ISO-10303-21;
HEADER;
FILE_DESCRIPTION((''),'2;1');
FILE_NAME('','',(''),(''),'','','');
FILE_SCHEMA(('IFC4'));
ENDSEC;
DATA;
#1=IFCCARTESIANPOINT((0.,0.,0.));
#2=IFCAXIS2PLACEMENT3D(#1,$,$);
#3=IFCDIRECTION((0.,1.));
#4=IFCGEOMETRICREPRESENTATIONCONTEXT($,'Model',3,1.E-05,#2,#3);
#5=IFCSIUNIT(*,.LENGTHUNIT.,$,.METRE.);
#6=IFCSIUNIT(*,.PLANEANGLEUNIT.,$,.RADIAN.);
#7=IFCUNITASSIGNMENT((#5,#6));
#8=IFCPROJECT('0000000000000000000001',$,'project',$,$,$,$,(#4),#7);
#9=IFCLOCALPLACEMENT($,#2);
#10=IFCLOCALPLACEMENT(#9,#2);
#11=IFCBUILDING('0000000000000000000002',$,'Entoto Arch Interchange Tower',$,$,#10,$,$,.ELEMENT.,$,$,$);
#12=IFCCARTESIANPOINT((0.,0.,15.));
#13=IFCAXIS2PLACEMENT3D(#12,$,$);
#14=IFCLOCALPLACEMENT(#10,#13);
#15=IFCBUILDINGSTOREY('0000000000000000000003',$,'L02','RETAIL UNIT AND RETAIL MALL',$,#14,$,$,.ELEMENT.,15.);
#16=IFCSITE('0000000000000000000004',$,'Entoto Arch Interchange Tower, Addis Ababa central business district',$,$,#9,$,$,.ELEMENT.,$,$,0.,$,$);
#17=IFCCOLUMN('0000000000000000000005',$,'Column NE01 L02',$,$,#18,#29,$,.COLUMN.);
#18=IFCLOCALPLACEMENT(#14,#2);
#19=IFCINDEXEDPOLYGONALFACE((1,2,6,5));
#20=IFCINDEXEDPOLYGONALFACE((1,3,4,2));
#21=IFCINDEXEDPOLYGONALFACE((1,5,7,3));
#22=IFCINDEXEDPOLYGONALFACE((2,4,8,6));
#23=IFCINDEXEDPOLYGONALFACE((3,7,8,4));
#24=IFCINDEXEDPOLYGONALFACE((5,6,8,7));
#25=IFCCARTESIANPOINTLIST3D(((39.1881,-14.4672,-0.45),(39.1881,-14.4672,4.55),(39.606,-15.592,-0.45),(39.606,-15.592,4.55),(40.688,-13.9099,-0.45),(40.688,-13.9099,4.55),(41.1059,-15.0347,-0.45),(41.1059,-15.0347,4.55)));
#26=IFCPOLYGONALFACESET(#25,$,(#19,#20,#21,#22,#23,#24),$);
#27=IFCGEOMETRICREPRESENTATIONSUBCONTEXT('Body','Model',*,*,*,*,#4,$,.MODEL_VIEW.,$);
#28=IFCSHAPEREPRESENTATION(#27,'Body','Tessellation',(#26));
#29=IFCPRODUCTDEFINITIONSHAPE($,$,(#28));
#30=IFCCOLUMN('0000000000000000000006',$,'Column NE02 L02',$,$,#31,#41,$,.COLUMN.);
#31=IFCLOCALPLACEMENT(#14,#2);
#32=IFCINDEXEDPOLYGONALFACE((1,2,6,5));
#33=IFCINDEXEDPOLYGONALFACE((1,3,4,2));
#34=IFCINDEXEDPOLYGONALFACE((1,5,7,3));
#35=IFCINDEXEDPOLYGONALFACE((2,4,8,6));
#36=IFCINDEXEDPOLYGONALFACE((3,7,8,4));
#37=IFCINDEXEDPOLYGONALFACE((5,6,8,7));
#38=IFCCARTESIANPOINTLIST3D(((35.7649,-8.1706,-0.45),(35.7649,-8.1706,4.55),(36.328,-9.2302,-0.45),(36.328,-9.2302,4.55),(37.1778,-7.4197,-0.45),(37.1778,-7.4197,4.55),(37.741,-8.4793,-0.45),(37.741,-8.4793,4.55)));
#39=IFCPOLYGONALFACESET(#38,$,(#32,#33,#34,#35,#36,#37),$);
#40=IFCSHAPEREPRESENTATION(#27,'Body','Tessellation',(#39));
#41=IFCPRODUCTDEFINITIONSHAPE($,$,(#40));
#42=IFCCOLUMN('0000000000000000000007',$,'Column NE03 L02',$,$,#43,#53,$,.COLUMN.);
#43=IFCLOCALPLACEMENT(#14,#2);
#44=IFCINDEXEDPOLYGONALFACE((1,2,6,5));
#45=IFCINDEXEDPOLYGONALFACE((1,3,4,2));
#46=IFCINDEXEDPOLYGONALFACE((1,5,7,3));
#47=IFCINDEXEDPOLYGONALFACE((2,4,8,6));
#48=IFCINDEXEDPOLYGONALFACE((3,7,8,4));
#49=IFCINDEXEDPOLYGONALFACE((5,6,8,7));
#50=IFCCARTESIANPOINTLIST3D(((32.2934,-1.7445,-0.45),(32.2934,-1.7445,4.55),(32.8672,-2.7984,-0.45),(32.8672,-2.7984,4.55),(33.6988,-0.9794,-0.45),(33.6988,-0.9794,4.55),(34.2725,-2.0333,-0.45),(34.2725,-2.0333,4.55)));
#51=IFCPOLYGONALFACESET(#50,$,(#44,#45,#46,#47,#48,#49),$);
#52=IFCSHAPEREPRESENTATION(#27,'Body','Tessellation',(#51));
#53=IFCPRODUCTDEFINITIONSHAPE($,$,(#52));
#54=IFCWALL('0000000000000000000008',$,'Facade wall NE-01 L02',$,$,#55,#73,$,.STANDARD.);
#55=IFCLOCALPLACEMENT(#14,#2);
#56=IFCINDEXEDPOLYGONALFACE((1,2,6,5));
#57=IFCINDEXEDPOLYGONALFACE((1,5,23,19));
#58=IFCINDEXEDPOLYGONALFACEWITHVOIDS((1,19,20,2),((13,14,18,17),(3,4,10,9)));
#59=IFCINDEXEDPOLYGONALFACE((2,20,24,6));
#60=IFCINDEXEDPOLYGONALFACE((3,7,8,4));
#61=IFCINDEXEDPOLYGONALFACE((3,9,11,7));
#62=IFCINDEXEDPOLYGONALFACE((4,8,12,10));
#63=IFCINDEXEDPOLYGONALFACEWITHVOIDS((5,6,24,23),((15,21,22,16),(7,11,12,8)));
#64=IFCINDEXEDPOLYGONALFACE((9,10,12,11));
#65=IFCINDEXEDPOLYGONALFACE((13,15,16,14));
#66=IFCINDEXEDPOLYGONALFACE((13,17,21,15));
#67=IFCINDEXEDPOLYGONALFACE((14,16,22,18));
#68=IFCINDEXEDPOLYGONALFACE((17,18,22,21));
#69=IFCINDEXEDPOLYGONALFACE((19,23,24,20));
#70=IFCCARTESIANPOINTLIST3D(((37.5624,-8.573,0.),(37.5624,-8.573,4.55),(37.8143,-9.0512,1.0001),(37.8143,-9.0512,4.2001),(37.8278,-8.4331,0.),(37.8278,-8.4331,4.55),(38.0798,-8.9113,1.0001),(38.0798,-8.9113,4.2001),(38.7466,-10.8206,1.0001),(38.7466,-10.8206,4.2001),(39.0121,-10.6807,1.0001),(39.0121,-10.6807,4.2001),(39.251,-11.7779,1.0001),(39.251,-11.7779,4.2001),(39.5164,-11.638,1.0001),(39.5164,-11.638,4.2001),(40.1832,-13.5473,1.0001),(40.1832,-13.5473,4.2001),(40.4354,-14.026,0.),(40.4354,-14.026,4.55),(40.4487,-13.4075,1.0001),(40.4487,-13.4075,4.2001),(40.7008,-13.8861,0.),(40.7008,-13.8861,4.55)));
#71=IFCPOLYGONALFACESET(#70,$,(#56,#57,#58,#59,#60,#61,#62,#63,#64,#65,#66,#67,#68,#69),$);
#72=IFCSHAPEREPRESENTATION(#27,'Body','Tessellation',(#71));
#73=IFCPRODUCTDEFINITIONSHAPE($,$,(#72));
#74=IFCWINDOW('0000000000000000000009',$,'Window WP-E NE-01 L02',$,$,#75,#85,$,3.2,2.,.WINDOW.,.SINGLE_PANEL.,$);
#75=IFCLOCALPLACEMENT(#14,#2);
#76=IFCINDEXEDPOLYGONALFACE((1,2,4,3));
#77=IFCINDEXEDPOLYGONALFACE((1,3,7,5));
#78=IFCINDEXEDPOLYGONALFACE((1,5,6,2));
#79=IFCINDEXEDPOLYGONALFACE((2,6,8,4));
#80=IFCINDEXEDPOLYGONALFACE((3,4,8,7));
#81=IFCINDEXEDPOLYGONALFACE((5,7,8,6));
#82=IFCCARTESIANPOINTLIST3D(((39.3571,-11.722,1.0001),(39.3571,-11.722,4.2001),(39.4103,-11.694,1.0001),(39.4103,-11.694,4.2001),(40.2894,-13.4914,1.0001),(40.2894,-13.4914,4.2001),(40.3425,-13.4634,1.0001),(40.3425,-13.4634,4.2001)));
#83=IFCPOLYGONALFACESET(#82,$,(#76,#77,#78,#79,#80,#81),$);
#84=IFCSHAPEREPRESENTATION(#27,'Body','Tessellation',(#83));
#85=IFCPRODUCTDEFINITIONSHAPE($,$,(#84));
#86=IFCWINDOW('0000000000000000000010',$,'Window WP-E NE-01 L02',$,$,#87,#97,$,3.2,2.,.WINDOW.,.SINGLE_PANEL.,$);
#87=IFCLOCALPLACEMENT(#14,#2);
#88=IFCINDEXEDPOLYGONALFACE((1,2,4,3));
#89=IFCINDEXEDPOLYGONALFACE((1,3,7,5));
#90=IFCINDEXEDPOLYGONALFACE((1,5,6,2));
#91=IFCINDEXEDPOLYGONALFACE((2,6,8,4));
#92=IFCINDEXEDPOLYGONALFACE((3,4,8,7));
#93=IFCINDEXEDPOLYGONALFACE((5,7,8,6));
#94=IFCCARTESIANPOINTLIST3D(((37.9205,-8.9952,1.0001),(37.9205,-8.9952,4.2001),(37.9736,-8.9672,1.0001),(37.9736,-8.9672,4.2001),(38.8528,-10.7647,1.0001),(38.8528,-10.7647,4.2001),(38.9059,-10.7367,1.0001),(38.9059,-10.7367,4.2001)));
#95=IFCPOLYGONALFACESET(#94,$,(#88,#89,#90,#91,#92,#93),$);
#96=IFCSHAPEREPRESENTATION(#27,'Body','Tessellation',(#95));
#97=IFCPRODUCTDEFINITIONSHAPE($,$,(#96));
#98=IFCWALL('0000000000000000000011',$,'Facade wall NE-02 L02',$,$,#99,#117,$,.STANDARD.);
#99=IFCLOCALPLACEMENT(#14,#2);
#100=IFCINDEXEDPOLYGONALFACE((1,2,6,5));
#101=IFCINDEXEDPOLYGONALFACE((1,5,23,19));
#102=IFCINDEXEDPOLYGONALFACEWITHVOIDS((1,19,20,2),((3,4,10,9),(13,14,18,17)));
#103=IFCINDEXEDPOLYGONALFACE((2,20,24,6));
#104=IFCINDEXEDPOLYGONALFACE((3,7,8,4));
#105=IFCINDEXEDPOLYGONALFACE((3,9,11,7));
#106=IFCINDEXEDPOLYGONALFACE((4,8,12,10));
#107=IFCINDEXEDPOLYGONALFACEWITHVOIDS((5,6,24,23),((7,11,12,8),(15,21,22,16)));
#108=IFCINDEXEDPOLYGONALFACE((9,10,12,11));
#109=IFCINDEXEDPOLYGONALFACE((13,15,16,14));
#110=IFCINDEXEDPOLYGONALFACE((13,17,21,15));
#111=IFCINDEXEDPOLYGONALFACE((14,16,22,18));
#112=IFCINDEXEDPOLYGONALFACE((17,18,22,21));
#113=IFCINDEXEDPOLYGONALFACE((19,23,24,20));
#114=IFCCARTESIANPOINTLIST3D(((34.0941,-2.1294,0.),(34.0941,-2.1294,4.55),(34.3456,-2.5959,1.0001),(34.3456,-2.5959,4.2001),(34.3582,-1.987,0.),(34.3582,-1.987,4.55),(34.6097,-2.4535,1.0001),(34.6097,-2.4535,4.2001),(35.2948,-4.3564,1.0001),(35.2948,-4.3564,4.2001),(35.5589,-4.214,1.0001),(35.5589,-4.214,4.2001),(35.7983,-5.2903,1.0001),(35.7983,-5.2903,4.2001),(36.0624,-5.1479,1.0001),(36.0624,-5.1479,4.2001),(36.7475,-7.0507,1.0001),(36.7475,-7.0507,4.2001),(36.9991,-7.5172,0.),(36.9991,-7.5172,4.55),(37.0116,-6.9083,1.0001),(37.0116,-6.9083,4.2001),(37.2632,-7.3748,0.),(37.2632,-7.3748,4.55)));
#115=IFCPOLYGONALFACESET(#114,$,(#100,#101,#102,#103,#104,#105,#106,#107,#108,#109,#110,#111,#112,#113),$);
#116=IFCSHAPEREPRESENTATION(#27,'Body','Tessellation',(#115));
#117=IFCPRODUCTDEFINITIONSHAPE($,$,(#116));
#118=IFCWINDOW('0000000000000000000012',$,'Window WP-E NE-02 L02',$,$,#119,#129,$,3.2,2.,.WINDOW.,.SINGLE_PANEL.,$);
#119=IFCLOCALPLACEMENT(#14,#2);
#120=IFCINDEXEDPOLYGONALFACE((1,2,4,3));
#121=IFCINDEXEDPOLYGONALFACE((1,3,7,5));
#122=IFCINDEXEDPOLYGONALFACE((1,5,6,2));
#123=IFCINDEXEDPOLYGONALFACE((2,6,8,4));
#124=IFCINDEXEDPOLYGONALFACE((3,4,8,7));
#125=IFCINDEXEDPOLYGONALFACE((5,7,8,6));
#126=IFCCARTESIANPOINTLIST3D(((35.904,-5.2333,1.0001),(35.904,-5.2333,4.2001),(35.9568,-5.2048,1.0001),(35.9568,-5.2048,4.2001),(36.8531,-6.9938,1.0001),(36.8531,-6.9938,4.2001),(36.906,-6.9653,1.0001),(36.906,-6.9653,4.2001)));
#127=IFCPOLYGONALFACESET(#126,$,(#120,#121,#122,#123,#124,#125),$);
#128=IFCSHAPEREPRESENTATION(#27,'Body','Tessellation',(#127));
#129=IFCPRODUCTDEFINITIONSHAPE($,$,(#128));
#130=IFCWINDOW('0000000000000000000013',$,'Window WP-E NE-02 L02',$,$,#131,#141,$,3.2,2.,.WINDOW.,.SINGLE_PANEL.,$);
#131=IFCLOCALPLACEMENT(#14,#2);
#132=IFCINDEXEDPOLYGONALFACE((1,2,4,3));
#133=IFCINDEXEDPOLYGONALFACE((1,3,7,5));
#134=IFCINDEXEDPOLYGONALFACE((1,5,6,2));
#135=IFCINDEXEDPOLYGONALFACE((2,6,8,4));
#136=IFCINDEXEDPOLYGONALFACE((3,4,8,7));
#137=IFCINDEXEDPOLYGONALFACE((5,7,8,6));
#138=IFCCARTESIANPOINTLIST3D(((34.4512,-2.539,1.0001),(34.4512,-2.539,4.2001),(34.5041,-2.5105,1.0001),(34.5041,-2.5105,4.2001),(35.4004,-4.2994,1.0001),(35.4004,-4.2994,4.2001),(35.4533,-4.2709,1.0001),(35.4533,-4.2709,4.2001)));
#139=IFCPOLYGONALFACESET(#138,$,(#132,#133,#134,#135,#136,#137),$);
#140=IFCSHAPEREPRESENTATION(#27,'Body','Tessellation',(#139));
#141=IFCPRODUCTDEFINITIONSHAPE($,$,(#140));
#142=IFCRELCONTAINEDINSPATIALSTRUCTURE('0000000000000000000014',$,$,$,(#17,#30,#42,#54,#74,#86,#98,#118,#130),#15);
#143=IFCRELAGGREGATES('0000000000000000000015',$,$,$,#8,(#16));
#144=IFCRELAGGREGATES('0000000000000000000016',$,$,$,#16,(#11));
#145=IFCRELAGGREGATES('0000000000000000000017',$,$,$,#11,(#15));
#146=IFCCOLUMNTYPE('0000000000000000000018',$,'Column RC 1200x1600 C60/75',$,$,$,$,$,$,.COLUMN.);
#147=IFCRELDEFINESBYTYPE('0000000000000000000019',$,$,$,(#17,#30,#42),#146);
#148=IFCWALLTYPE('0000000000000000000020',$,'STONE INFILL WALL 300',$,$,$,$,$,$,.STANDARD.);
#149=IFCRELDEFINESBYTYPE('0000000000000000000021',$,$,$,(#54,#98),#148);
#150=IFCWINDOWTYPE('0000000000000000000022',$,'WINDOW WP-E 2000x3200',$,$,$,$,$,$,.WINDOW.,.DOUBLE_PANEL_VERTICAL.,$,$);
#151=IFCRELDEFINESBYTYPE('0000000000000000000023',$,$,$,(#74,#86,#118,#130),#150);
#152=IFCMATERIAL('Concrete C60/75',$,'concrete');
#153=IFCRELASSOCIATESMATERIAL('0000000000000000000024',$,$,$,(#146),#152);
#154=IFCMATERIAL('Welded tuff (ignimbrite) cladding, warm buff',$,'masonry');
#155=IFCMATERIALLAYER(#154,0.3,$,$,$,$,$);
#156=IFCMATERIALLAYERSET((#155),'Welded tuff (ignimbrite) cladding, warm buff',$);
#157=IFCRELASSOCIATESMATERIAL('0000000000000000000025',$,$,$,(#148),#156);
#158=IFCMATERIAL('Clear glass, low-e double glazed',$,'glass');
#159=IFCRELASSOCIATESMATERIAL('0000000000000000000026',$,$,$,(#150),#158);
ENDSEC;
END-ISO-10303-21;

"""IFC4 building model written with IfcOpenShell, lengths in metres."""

from ifc_helpers import new_model, si_unit, direction, frame, frame_2d, origin, origin_2d, place, context, subcontext, project, spatial, rectangle, extrude, material, layer, layer_set, material_profile, profile_set, type_object, element, fill, save


model = new_model("IFC4")

# Units and contexts
model_context = context("Model", 3, precision=1e-05, world=origin(), true_north=direction((0.0, 1.0)))
body_context = subcontext(model_context, "Body", "Model", "MODEL_VIEW")
ifc_project = project(units=[si_unit("LENGTHUNIT", "METRE"), si_unit("PLANEANGLEUNIT", "RADIAN")], contexts=[model_context])

# Site, building, storey
site_placement = place(None, origin())
site = spatial("IfcSite", under=ifc_project, at=site_placement, Name="Entoto Arch Interchange Tower, Addis Ababa central business district", CompositionType="ELEMENT", RefElevation=0.0)
building_placement = place(site_placement, origin())
building = spatial("IfcBuilding", under=site, at=building_placement, Name="Entoto Arch Interchange Tower", CompositionType="ELEMENT")
storey_placement = place(building_placement, frame((0.0, 0.0, 15.0)))
storey = spatial("IfcBuildingStorey", under=building, at=storey_placement, Name="L02", Description="RETAIL UNIT AND RETAIL MALL", CompositionType="ELEMENT", Elevation=15.0)

# Columns
ifc_material_1 = material(Name="Concrete C60/75", Category="concrete")
ifc_material_profile = material_profile(ifc_material_1, rectangle(XDim=1.2, YDim=1.6001, at=origin_2d()))
ifc_profile_set = profile_set([ifc_material_profile], Name="Concrete C60/75")
column_type = type_object("IfcColumnType", Name="Column RC 1200x1600 C60/75", PredefinedType="COLUMN", material=ifc_profile_set)
for number, where, z_axis, x_axis, name in (
    (1, (40.147, -14.751, -0.45), (0.0, 0.0, 1.0), (-0.348278, 0.937391, 0.0), "Column NE01 L02"),
    (2, (36.7529, -8.325, -0.45), (0.0, 0.0, 1.0), (-0.469317, 0.88303, 0.0), "Column NE02 L02"),
    (3, (33.283, -1.8889, -0.45), (0.0, 0.0, 1.0), (-0.47814, 0.878284, 0.0), "Column NE03 L02"),
):
    element("IfcColumn", number, at=place(storey_placement, frame(where, z_axis=z_axis, x_axis=x_axis)), inside=storey, type_object=column_type, Name=name, PredefinedType="COLUMN", context=body_context, shape_type="SweptSolid", body=[
        extrude(rectangle(XDim=1.2, YDim=1.6001, at=origin_2d()), origin(), (0.0, 0.0, 1.0), 5.0),
    ])

# Walls, openings, windows
ifc_material_2 = material(Name="Welded tuff (ignimbrite) cladding, warm buff", Category="masonry")
ifc_layer_1 = layer(ifc_material_2, 0.3)
ifc_layer_set_1 = layer_set([ifc_layer_1], Name="Welded tuff (ignimbrite) cladding, warm buff")
wall_type_1 = type_object("IfcWallType", Name="STONE INFILL WALL 300", PredefinedType="STANDARD", material=ifc_layer_set_1)
wall_1_placement = place(storey_placement, frame((40.5681, -13.9561, 0.0), z_axis=(0.0, 0.0, 1.0), x_axis=(-0.466125, 0.884719, 0.0)))
wall_1 = element("IfcWall", 4, at=wall_1_placement, inside=storey, type_object=wall_type_1, Name="Facade wall NE-01 L02", PredefinedType="STANDARD", context=body_context, shape_type="SweptSolid", body=[
    extrude(rectangle(XDim=6.1636, YDim=0.3, at=frame_2d((3.0818, 0.0))), origin(), (0.0, 0.0, 1.0), 4.55),
])
opening_1_placement = place(wall_1_placement, frame((0.541, 0.0, 1.0)))
opening_1 = element("IfcOpeningElement", 5, at=opening_1_placement, cuts=wall_1, PredefinedType="OPENING", context=body_context, shape_type="SweptSolid", body=[
    extrude(rectangle(XDim=2.0, YDim=3.2, at=frame_2d((1.0, 1.6001))), frame((0.0, 0.1602, 0.0), z_axis=(0.0, -1.0, 0.0), x_axis=(1.0, 0.0, 0.0)), (0.0, 0.0, 1.0), 0.3201),
])
opening_2_placement = place(wall_1_placement, frame((3.623, 0.0, 1.0)))
opening_2 = element("IfcOpeningElement", 6, at=opening_2_placement, cuts=wall_1, PredefinedType="OPENING", context=body_context, shape_type="SweptSolid", body=[
    extrude(rectangle(XDim=2.0, YDim=3.2, at=frame_2d((1.0, 1.6001))), frame((0.0, 0.1602, 0.0), z_axis=(0.0, -1.0, 0.0), x_axis=(1.0, 0.0, 0.0)), (0.0, 0.0, 1.0), 0.3201),
])
ifc_material_3 = material(Name="Clear glass, low-e double glazed", Category="glass")
window_type = type_object("IfcWindowType", Name="WINDOW WP-E 2000x3200", PartitioningType="DOUBLE_PANEL_VERTICAL", PredefinedType="WINDOW", material=ifc_material_3)
window_1_placement = place(opening_1_placement, origin())
window_1 = element("IfcWindow", 7, at=window_1_placement, inside=storey, type_object=window_type, Name="Window WP-E NE-01 L02", OverallHeight=3.2, OverallWidth=2.0, PartitioningType="SINGLE_PANEL", PredefinedType="WINDOW", context=body_context, shape_type="SweptSolid", body=[
    extrude(rectangle(XDim=2.0, YDim=3.2, at=frame_2d((1.0, 1.6001))), frame((0.0, 0.03, 0.0), z_axis=(0.0, -1.0, 0.0), x_axis=(1.0, 0.0, 0.0)), (0.0, 0.0, 1.0), 0.0601),
])
fill(opening_1, window_1)
window_2_placement = place(opening_2_placement, origin())
window_2 = element("IfcWindow", 8, at=window_2_placement, inside=storey, type_object=window_type, Name="Window WP-E NE-01 L02", OverallHeight=3.2, OverallWidth=2.0, PartitioningType="SINGLE_PANEL", PredefinedType="WINDOW", context=body_context, shape_type="SweptSolid", body=[
    extrude(rectangle(XDim=2.0, YDim=3.2, at=frame_2d((1.0, 1.6001))), frame((0.0, 0.03, 0.0), z_axis=(0.0, -1.0, 0.0), x_axis=(1.0, 0.0, 0.0)), (0.0, 0.0, 1.0), 0.0601),
])
fill(opening_2, window_2)
wall_2_placement = place(storey_placement, frame((37.1311, -7.446, 0.0), z_axis=(0.0, 0.0, 1.0), x_axis=(-0.474585, 0.88021, 0.0)))
wall_2 = element("IfcWall", 9, at=wall_2_placement, inside=storey, type_object=wall_type_1, Name="Facade wall NE-02 L02", PredefinedType="STANDARD", context=body_context, shape_type="SweptSolid", body=[
    extrude(rectangle(XDim=6.1211, YDim=0.3, at=frame_2d((3.0605, 0.0))), origin(), (0.0, 0.0, 1.0), 4.55),
])
opening_3_placement = place(wall_2_placement, frame((0.53, 0.0, 1.0)))
opening_3 = element("IfcOpeningElement", 10, at=opening_3_placement, cuts=wall_2, PredefinedType="OPENING", context=body_context, shape_type="SweptSolid", body=[
    extrude(rectangle(XDim=2.0, YDim=3.2, at=frame_2d((1.0, 1.6001))), frame((0.0, 0.1602, 0.0), z_axis=(0.0, -1.0, 0.0), x_axis=(1.0, 0.0, 0.0)), (0.0, 0.0, 1.0), 0.3201),
])
opening_4_placement = place(wall_2_placement, frame((3.5911, 0.0, 1.0)))
opening_4 = element("IfcOpeningElement", 11, at=opening_4_placement, cuts=wall_2, PredefinedType="OPENING", context=body_context, shape_type="SweptSolid", body=[
    extrude(rectangle(XDim=2.0, YDim=3.2, at=frame_2d((1.0, 1.6001))), frame((0.0, 0.1602, 0.0), z_axis=(0.0, -1.0, 0.0), x_axis=(1.0, 0.0, 0.0)), (0.0, 0.0, 1.0), 0.3201),
])
window_3_placement = place(opening_3_placement, origin())
window_3 = element("IfcWindow", 12, at=window_3_placement, inside=storey, type_object=window_type, Name="Window WP-E NE-02 L02", OverallHeight=3.2, OverallWidth=2.0, PartitioningType="SINGLE_PANEL", PredefinedType="WINDOW", context=body_context, shape_type="SweptSolid", body=[
    extrude(rectangle(XDim=2.0, YDim=3.2, at=frame_2d((1.0, 1.6001))), frame((0.0, 0.03, 0.0), z_axis=(0.0, -1.0, 0.0), x_axis=(1.0, 0.0, 0.0)), (0.0, 0.0, 1.0), 0.0601),
])
fill(opening_3, window_3)
window_4_placement = place(opening_4_placement, origin())
window_4 = element("IfcWindow", 13, at=window_4_placement, inside=storey, type_object=window_type, Name="Window WP-E NE-02 L02", OverallHeight=3.2, OverallWidth=2.0, PartitioningType="SINGLE_PANEL", PredefinedType="WINDOW", context=body_context, shape_type="SweptSolid", body=[
    extrude(rectangle(XDim=2.0, YDim=3.2, at=frame_2d((1.0, 1.6001))), frame((0.0, 0.03, 0.0), z_axis=(0.0, -1.0, 0.0), x_axis=(1.0, 0.0, 0.0)), (0.0, 0.0, 1.0), 0.0601),
])
fill(opening_4, window_4)

save(model, "model.ifc")
